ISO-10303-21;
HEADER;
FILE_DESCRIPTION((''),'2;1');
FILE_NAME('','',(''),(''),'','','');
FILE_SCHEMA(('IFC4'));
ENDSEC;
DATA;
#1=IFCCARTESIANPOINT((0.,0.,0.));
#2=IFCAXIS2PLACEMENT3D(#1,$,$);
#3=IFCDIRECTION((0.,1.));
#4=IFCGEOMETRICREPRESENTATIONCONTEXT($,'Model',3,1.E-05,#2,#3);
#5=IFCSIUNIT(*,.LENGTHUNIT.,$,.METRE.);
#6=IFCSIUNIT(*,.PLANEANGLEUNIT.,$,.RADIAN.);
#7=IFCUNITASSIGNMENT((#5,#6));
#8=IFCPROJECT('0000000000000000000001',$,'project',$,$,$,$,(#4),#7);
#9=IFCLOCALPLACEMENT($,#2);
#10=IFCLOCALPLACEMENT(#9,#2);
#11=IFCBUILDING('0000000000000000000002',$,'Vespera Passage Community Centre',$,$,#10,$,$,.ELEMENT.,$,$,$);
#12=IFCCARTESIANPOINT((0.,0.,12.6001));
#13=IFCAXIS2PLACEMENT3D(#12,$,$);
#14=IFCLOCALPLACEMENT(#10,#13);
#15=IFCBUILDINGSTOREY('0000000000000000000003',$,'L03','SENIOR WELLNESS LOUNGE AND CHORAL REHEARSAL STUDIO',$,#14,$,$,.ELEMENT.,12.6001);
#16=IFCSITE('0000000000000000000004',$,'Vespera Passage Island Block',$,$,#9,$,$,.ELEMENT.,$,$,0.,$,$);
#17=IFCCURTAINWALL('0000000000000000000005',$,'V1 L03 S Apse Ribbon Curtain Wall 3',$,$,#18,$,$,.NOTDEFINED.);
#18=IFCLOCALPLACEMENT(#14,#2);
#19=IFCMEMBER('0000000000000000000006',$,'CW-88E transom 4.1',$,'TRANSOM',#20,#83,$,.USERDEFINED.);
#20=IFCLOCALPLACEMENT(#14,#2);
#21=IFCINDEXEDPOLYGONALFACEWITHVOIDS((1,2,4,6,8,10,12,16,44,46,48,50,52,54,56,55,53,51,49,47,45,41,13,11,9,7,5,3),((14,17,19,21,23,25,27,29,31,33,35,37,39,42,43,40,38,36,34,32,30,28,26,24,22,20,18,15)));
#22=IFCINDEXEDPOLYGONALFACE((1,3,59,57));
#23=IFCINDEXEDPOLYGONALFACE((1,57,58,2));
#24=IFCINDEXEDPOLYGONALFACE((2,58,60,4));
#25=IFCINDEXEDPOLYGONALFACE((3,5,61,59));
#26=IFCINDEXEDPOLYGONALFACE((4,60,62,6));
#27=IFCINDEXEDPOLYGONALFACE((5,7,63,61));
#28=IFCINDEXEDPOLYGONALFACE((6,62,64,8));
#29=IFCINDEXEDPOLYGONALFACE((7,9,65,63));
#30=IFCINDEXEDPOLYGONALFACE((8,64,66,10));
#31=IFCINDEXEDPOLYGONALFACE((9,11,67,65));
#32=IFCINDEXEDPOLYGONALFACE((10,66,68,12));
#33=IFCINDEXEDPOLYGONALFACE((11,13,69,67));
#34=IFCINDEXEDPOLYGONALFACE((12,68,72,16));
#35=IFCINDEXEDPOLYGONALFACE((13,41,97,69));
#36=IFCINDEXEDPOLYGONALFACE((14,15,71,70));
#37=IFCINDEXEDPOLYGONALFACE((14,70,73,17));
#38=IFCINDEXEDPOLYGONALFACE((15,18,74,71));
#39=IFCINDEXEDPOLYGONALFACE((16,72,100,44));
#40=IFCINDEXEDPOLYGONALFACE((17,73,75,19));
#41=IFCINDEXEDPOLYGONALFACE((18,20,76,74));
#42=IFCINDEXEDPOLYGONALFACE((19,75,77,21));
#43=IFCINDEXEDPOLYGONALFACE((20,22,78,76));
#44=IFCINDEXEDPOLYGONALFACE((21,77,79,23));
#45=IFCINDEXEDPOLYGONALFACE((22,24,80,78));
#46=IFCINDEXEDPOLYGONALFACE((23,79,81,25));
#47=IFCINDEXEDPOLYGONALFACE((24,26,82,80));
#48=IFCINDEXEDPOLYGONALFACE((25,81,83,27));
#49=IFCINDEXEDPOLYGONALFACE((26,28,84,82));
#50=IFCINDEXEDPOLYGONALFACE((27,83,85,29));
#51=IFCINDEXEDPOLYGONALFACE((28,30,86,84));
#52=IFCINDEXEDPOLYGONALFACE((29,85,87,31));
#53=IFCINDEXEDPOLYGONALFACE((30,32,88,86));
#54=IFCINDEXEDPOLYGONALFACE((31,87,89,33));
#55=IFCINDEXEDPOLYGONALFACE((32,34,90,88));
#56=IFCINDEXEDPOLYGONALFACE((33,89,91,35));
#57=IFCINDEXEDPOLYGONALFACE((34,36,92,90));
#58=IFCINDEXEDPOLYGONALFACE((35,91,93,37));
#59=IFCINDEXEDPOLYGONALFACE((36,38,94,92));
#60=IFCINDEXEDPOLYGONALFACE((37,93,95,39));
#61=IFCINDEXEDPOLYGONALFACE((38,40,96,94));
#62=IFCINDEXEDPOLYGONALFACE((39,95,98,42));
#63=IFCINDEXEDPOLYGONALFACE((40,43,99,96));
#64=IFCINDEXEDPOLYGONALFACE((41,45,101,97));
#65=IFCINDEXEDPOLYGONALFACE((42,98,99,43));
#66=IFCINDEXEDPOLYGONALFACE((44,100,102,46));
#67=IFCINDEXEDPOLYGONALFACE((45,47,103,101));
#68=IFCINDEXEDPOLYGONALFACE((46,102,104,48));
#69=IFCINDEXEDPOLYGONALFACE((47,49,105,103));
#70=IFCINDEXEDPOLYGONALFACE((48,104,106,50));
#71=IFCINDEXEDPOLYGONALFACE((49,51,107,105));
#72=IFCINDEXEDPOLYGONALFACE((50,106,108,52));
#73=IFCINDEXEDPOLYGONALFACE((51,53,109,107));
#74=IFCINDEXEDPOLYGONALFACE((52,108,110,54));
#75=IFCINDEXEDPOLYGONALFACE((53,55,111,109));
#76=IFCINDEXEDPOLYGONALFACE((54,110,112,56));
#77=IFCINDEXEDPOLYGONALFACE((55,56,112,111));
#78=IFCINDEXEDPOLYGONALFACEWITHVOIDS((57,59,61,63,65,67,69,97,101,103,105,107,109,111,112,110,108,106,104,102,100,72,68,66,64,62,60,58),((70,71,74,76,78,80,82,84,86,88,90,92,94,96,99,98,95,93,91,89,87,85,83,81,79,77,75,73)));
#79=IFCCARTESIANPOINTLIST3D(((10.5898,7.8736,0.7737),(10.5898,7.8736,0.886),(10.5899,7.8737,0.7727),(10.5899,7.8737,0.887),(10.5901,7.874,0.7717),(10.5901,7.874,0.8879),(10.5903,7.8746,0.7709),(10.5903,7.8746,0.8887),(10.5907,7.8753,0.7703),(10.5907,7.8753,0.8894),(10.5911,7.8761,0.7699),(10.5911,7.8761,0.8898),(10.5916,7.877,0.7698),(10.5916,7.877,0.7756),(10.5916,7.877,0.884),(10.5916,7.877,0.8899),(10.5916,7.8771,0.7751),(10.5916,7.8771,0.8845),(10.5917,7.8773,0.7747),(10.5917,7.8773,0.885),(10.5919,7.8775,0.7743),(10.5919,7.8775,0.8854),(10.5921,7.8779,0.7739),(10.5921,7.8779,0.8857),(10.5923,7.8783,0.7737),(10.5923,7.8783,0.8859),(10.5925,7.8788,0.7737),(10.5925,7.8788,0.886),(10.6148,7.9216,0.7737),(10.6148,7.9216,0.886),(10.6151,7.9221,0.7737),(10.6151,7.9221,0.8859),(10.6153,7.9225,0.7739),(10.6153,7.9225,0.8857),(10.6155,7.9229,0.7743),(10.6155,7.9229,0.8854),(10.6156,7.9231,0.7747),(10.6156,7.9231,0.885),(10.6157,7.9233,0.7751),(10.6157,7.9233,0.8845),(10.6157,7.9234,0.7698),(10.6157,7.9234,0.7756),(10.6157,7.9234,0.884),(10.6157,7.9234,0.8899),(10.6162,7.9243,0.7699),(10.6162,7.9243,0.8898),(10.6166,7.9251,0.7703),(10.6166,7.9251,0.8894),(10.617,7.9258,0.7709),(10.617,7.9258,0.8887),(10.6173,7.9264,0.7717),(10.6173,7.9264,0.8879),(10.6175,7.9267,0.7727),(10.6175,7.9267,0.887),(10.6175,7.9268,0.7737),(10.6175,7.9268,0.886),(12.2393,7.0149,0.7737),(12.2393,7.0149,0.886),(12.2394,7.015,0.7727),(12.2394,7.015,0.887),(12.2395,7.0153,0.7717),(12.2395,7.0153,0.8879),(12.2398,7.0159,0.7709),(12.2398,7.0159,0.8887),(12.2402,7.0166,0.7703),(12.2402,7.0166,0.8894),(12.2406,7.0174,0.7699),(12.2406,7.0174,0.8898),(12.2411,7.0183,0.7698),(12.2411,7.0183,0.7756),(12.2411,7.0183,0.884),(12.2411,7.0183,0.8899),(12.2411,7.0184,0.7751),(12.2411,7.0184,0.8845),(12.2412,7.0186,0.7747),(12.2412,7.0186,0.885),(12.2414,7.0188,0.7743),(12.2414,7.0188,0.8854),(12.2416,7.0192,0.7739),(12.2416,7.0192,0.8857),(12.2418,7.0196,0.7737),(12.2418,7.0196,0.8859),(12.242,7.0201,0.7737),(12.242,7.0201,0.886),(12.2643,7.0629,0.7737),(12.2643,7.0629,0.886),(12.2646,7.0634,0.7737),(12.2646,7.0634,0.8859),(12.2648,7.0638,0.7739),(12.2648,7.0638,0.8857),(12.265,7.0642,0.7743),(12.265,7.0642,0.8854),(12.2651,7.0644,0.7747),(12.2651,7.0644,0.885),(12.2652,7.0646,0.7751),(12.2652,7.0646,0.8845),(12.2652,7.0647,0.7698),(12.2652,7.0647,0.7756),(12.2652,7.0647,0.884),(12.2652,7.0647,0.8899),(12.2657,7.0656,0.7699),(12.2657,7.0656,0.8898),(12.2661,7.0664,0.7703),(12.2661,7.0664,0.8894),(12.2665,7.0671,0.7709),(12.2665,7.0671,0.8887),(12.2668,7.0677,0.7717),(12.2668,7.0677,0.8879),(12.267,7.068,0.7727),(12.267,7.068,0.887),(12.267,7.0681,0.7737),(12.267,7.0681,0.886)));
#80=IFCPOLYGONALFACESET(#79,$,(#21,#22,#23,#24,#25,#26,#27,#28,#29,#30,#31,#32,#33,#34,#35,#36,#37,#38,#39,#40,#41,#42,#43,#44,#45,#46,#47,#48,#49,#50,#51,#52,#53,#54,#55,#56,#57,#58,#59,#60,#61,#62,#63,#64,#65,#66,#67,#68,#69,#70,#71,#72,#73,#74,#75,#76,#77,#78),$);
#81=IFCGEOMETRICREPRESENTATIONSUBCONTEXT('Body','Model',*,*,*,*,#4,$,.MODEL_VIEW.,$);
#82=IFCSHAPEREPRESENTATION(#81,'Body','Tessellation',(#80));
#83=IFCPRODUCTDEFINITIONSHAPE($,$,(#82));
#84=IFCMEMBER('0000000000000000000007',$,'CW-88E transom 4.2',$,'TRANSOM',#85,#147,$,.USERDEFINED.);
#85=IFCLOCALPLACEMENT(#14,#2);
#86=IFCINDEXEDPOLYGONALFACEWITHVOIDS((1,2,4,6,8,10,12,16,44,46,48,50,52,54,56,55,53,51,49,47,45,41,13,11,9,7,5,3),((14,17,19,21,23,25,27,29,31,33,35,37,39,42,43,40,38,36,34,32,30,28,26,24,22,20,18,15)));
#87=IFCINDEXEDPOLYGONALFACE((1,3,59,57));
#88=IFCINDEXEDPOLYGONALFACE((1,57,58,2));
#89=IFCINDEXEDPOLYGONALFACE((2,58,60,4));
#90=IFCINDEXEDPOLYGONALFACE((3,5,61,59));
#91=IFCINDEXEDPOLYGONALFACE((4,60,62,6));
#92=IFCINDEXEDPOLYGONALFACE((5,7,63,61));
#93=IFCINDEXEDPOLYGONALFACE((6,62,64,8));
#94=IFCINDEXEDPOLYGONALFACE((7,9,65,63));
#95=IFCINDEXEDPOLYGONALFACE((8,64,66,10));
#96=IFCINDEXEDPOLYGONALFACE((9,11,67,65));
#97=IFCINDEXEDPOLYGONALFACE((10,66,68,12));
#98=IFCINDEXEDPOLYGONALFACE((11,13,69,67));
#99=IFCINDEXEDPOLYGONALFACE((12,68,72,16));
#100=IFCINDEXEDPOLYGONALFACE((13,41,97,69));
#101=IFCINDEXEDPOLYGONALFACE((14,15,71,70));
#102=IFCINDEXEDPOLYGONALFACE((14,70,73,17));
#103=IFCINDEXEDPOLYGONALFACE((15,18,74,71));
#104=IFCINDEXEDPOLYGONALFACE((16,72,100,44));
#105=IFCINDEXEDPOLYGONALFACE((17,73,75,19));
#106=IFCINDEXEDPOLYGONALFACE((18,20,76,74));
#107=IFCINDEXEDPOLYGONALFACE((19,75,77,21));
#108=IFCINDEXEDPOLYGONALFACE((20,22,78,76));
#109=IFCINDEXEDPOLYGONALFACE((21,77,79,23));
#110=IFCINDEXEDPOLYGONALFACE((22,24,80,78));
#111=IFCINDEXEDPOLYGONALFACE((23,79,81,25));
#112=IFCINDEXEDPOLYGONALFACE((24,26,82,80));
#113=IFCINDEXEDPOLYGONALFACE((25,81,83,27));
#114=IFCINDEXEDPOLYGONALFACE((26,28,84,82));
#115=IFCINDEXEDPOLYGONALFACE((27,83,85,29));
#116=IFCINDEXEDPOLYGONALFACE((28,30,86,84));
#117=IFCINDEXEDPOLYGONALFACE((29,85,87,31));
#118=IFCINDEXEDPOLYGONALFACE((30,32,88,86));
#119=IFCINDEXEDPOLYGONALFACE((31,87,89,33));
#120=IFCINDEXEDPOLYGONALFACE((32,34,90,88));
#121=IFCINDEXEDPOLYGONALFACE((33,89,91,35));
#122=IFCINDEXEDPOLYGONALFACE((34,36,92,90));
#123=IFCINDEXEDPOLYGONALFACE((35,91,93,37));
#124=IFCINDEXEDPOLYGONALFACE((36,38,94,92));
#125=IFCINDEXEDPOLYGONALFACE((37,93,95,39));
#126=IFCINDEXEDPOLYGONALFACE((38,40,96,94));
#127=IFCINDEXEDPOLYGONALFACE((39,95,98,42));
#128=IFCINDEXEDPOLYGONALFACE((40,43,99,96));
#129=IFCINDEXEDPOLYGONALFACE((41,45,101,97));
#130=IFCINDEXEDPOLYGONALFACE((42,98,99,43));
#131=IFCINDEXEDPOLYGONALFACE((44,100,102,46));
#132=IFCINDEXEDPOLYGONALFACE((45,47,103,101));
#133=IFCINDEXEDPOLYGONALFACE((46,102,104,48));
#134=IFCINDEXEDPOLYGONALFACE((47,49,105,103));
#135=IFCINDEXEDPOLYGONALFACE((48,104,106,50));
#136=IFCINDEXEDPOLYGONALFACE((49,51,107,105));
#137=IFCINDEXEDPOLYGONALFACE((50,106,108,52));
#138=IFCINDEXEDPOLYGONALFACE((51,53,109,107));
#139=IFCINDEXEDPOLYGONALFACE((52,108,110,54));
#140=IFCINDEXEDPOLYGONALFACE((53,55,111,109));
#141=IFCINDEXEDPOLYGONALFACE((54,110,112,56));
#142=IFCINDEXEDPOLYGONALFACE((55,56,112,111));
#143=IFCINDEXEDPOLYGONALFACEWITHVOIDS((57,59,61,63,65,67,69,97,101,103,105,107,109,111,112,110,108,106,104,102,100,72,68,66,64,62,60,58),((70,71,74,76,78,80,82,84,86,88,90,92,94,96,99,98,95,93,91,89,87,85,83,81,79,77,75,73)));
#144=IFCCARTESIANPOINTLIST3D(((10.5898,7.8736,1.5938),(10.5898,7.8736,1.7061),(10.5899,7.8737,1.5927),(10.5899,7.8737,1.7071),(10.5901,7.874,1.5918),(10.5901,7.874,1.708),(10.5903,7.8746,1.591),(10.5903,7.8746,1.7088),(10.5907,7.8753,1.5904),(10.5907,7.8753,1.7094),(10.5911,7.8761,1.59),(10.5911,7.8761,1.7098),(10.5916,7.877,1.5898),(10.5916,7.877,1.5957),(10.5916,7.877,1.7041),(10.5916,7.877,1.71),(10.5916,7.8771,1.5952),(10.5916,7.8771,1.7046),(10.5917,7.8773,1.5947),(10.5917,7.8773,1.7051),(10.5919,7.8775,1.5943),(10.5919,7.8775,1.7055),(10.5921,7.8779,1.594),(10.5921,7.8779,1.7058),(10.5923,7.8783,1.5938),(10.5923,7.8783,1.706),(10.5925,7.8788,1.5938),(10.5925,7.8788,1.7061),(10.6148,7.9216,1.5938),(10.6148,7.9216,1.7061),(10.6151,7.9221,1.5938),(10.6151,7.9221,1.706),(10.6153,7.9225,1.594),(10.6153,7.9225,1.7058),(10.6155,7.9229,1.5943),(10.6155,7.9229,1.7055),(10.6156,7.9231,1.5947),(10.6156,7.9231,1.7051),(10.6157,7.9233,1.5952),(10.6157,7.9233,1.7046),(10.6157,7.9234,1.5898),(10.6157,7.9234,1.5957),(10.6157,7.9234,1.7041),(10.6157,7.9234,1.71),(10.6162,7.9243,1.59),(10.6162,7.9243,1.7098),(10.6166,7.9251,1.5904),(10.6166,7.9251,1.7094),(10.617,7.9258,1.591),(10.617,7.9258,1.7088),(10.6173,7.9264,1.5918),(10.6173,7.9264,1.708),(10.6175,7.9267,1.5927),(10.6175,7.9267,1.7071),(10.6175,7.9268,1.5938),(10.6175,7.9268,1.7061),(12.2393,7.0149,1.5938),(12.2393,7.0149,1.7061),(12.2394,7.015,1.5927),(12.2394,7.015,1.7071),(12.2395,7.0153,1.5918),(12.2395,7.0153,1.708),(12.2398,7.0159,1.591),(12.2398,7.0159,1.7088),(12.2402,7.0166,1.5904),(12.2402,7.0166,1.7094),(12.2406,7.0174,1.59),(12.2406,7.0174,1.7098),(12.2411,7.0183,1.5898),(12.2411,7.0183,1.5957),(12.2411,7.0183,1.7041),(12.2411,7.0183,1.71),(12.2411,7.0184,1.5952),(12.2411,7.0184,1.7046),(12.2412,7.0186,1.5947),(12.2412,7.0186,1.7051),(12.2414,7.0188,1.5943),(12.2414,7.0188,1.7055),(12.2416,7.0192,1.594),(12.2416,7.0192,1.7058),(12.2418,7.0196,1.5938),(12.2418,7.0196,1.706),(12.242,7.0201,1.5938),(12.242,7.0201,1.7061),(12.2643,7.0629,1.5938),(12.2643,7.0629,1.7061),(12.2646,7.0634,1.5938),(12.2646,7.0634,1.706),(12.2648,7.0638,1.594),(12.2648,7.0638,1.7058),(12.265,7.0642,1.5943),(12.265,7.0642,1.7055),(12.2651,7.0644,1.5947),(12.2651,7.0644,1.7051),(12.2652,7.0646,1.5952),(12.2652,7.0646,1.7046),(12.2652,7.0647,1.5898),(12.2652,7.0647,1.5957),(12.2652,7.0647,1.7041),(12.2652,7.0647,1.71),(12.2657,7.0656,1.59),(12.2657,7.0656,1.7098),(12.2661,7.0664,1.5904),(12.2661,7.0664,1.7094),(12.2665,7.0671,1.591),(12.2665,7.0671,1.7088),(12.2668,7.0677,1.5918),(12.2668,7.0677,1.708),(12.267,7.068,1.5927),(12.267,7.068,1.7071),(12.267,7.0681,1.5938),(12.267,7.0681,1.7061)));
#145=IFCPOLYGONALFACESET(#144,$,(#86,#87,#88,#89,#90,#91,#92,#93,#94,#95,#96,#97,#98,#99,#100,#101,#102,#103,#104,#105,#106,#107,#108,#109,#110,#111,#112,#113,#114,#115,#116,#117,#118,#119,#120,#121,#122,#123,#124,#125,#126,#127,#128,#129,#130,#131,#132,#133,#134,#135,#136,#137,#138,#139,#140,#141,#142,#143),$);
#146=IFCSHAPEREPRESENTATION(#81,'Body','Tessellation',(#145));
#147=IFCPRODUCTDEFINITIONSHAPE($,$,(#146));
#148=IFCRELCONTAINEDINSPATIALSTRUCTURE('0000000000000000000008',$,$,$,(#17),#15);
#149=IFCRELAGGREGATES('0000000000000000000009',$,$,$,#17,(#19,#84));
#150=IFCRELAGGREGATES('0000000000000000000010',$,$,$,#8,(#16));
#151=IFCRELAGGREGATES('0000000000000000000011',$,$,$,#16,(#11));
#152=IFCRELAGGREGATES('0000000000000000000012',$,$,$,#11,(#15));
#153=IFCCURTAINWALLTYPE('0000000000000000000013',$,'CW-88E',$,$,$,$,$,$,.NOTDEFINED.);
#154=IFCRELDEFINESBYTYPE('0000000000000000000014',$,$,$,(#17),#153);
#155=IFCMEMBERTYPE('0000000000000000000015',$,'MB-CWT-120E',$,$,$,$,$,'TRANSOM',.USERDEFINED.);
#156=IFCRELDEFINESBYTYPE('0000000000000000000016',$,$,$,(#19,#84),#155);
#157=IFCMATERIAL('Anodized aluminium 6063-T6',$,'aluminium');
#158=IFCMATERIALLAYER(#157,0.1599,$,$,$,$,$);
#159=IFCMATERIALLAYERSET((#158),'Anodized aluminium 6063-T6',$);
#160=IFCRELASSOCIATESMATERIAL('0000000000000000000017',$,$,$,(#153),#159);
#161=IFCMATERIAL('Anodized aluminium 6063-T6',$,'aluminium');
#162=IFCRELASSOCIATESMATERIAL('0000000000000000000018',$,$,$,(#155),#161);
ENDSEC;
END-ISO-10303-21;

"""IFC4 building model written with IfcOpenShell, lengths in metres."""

from ifc_helpers import new_model, si_unit, direction, frame, origin, origin_2d, place, context, subcontext, project, spatial, hollow_rectangle, extrude, material, layer, layer_set, material_profile, profile_set, type_object, element, aggregate, save


model = new_model("IFC4")

# Units and contexts
model_context = context("Model", 3, precision=1e-05, world=origin(), true_north=direction((0.0, 1.0)))
body_context = subcontext(model_context, "Body", "Model", "MODEL_VIEW")
ifc_project = project(units=[si_unit("LENGTHUNIT", "METRE"), si_unit("PLANEANGLEUNIT", "RADIAN")], contexts=[model_context])

# Site, building, storey
site_placement = place(None, origin())
site = spatial("IfcSite", under=ifc_project, at=site_placement, Name="Vespera Passage Island Block", CompositionType="ELEMENT", RefElevation=0.0)
building_placement = place(site_placement, origin())
building = spatial("IfcBuilding", under=site, at=building_placement, Name="Vespera Passage Community Centre", CompositionType="ELEMENT")
storey_placement = place(building_placement, frame((0.0, 0.0, 12.6001)))
storey = spatial("IfcBuildingStorey", under=building, at=storey_placement, Name="L03", Description="SENIOR WELLNESS LOUNGE AND CHORAL REHEARSAL STUDIO", CompositionType="ELEMENT", Elevation=12.6001)

# Curtain wall, members
ifc_material_1 = material(Name="Anodized aluminium 6063-T6", Category="aluminium")
ifc_layer_1 = layer(ifc_material_1, 0.1599)
ifc_layer_set_1 = layer_set([ifc_layer_1], Name="Anodized aluminium 6063-T6")
curtain_wall_type = type_object("IfcCurtainWallType", Name="CW-88E", PredefinedType="NOTDEFINED", material=ifc_layer_set_1)
curtain_wall_placement = place(storey_placement, origin())
curtain_wall = element("IfcCurtainWall", 1, at=curtain_wall_placement, inside=storey, type_object=curtain_wall_type, Name="V1 L03 S Apse Ribbon Curtain Wall 3", PredefinedType="NOTDEFINED")
ifc_material_2 = material(Name="Anodized aluminium 6063-T6", Category="aluminium")
ifc_material_profile_1 = material_profile(ifc_material_2, hollow_rectangle(XDim=0.0601, YDim=0.1201, WallThickness=0.0039, InnerFilletRadius=0.002, OuterFilletRadius=0.0039, at=origin_2d()), Name="ALU120X60X4")
ifc_profile_set_1 = profile_set([ifc_material_profile_1], Name="Anodized aluminium 6063-T6")
member_type_1 = type_object("IfcMemberType", Name="MB-CWT-120E", ElementType="TRANSOM", PredefinedType="USERDEFINED", material=ifc_profile_set_1)
member_1_placement = place(storey_placement, frame((12.2532, 7.0415, 0.8298), z_axis=(-0.887008, 0.461754, 0.0), x_axis=(-0.461754, -0.887008, 0.0)))
member_1 = element("IfcMember", 2, at=member_1_placement, type_object=member_type_1, Name="CW-88E transom 4.1", ObjectType="TRANSOM", PredefinedType="USERDEFINED", context=body_context, shape_type="SweptSolid", body=[
    extrude(hollow_rectangle(XDim=0.0601, YDim=0.1201, WallThickness=0.0039, InnerFilletRadius=0.002, OuterFilletRadius=0.0039, at=origin_2d()), origin(), (0.0, 0.0, 1.0), 1.8596),
])
member_2_placement = place(storey_placement, frame((12.2532, 7.0415, 1.6499), z_axis=(-0.887008, 0.461754, 0.0), x_axis=(-0.461754, -0.887008, 0.0)))
member_2 = element("IfcMember", 3, at=member_2_placement, type_object=member_type_1, Name="CW-88E transom 4.2", ObjectType="TRANSOM", PredefinedType="USERDEFINED", context=body_context, shape_type="SweptSolid", body=[
    extrude(hollow_rectangle(XDim=0.0601, YDim=0.1201, WallThickness=0.0039, InnerFilletRadius=0.002, OuterFilletRadius=0.0039, at=origin_2d()), origin(), (0.0, 0.0, 1.0), 1.8596),
])
aggregate(curtain_wall, [member_1, member_2])

save(model, "model.ifc")
